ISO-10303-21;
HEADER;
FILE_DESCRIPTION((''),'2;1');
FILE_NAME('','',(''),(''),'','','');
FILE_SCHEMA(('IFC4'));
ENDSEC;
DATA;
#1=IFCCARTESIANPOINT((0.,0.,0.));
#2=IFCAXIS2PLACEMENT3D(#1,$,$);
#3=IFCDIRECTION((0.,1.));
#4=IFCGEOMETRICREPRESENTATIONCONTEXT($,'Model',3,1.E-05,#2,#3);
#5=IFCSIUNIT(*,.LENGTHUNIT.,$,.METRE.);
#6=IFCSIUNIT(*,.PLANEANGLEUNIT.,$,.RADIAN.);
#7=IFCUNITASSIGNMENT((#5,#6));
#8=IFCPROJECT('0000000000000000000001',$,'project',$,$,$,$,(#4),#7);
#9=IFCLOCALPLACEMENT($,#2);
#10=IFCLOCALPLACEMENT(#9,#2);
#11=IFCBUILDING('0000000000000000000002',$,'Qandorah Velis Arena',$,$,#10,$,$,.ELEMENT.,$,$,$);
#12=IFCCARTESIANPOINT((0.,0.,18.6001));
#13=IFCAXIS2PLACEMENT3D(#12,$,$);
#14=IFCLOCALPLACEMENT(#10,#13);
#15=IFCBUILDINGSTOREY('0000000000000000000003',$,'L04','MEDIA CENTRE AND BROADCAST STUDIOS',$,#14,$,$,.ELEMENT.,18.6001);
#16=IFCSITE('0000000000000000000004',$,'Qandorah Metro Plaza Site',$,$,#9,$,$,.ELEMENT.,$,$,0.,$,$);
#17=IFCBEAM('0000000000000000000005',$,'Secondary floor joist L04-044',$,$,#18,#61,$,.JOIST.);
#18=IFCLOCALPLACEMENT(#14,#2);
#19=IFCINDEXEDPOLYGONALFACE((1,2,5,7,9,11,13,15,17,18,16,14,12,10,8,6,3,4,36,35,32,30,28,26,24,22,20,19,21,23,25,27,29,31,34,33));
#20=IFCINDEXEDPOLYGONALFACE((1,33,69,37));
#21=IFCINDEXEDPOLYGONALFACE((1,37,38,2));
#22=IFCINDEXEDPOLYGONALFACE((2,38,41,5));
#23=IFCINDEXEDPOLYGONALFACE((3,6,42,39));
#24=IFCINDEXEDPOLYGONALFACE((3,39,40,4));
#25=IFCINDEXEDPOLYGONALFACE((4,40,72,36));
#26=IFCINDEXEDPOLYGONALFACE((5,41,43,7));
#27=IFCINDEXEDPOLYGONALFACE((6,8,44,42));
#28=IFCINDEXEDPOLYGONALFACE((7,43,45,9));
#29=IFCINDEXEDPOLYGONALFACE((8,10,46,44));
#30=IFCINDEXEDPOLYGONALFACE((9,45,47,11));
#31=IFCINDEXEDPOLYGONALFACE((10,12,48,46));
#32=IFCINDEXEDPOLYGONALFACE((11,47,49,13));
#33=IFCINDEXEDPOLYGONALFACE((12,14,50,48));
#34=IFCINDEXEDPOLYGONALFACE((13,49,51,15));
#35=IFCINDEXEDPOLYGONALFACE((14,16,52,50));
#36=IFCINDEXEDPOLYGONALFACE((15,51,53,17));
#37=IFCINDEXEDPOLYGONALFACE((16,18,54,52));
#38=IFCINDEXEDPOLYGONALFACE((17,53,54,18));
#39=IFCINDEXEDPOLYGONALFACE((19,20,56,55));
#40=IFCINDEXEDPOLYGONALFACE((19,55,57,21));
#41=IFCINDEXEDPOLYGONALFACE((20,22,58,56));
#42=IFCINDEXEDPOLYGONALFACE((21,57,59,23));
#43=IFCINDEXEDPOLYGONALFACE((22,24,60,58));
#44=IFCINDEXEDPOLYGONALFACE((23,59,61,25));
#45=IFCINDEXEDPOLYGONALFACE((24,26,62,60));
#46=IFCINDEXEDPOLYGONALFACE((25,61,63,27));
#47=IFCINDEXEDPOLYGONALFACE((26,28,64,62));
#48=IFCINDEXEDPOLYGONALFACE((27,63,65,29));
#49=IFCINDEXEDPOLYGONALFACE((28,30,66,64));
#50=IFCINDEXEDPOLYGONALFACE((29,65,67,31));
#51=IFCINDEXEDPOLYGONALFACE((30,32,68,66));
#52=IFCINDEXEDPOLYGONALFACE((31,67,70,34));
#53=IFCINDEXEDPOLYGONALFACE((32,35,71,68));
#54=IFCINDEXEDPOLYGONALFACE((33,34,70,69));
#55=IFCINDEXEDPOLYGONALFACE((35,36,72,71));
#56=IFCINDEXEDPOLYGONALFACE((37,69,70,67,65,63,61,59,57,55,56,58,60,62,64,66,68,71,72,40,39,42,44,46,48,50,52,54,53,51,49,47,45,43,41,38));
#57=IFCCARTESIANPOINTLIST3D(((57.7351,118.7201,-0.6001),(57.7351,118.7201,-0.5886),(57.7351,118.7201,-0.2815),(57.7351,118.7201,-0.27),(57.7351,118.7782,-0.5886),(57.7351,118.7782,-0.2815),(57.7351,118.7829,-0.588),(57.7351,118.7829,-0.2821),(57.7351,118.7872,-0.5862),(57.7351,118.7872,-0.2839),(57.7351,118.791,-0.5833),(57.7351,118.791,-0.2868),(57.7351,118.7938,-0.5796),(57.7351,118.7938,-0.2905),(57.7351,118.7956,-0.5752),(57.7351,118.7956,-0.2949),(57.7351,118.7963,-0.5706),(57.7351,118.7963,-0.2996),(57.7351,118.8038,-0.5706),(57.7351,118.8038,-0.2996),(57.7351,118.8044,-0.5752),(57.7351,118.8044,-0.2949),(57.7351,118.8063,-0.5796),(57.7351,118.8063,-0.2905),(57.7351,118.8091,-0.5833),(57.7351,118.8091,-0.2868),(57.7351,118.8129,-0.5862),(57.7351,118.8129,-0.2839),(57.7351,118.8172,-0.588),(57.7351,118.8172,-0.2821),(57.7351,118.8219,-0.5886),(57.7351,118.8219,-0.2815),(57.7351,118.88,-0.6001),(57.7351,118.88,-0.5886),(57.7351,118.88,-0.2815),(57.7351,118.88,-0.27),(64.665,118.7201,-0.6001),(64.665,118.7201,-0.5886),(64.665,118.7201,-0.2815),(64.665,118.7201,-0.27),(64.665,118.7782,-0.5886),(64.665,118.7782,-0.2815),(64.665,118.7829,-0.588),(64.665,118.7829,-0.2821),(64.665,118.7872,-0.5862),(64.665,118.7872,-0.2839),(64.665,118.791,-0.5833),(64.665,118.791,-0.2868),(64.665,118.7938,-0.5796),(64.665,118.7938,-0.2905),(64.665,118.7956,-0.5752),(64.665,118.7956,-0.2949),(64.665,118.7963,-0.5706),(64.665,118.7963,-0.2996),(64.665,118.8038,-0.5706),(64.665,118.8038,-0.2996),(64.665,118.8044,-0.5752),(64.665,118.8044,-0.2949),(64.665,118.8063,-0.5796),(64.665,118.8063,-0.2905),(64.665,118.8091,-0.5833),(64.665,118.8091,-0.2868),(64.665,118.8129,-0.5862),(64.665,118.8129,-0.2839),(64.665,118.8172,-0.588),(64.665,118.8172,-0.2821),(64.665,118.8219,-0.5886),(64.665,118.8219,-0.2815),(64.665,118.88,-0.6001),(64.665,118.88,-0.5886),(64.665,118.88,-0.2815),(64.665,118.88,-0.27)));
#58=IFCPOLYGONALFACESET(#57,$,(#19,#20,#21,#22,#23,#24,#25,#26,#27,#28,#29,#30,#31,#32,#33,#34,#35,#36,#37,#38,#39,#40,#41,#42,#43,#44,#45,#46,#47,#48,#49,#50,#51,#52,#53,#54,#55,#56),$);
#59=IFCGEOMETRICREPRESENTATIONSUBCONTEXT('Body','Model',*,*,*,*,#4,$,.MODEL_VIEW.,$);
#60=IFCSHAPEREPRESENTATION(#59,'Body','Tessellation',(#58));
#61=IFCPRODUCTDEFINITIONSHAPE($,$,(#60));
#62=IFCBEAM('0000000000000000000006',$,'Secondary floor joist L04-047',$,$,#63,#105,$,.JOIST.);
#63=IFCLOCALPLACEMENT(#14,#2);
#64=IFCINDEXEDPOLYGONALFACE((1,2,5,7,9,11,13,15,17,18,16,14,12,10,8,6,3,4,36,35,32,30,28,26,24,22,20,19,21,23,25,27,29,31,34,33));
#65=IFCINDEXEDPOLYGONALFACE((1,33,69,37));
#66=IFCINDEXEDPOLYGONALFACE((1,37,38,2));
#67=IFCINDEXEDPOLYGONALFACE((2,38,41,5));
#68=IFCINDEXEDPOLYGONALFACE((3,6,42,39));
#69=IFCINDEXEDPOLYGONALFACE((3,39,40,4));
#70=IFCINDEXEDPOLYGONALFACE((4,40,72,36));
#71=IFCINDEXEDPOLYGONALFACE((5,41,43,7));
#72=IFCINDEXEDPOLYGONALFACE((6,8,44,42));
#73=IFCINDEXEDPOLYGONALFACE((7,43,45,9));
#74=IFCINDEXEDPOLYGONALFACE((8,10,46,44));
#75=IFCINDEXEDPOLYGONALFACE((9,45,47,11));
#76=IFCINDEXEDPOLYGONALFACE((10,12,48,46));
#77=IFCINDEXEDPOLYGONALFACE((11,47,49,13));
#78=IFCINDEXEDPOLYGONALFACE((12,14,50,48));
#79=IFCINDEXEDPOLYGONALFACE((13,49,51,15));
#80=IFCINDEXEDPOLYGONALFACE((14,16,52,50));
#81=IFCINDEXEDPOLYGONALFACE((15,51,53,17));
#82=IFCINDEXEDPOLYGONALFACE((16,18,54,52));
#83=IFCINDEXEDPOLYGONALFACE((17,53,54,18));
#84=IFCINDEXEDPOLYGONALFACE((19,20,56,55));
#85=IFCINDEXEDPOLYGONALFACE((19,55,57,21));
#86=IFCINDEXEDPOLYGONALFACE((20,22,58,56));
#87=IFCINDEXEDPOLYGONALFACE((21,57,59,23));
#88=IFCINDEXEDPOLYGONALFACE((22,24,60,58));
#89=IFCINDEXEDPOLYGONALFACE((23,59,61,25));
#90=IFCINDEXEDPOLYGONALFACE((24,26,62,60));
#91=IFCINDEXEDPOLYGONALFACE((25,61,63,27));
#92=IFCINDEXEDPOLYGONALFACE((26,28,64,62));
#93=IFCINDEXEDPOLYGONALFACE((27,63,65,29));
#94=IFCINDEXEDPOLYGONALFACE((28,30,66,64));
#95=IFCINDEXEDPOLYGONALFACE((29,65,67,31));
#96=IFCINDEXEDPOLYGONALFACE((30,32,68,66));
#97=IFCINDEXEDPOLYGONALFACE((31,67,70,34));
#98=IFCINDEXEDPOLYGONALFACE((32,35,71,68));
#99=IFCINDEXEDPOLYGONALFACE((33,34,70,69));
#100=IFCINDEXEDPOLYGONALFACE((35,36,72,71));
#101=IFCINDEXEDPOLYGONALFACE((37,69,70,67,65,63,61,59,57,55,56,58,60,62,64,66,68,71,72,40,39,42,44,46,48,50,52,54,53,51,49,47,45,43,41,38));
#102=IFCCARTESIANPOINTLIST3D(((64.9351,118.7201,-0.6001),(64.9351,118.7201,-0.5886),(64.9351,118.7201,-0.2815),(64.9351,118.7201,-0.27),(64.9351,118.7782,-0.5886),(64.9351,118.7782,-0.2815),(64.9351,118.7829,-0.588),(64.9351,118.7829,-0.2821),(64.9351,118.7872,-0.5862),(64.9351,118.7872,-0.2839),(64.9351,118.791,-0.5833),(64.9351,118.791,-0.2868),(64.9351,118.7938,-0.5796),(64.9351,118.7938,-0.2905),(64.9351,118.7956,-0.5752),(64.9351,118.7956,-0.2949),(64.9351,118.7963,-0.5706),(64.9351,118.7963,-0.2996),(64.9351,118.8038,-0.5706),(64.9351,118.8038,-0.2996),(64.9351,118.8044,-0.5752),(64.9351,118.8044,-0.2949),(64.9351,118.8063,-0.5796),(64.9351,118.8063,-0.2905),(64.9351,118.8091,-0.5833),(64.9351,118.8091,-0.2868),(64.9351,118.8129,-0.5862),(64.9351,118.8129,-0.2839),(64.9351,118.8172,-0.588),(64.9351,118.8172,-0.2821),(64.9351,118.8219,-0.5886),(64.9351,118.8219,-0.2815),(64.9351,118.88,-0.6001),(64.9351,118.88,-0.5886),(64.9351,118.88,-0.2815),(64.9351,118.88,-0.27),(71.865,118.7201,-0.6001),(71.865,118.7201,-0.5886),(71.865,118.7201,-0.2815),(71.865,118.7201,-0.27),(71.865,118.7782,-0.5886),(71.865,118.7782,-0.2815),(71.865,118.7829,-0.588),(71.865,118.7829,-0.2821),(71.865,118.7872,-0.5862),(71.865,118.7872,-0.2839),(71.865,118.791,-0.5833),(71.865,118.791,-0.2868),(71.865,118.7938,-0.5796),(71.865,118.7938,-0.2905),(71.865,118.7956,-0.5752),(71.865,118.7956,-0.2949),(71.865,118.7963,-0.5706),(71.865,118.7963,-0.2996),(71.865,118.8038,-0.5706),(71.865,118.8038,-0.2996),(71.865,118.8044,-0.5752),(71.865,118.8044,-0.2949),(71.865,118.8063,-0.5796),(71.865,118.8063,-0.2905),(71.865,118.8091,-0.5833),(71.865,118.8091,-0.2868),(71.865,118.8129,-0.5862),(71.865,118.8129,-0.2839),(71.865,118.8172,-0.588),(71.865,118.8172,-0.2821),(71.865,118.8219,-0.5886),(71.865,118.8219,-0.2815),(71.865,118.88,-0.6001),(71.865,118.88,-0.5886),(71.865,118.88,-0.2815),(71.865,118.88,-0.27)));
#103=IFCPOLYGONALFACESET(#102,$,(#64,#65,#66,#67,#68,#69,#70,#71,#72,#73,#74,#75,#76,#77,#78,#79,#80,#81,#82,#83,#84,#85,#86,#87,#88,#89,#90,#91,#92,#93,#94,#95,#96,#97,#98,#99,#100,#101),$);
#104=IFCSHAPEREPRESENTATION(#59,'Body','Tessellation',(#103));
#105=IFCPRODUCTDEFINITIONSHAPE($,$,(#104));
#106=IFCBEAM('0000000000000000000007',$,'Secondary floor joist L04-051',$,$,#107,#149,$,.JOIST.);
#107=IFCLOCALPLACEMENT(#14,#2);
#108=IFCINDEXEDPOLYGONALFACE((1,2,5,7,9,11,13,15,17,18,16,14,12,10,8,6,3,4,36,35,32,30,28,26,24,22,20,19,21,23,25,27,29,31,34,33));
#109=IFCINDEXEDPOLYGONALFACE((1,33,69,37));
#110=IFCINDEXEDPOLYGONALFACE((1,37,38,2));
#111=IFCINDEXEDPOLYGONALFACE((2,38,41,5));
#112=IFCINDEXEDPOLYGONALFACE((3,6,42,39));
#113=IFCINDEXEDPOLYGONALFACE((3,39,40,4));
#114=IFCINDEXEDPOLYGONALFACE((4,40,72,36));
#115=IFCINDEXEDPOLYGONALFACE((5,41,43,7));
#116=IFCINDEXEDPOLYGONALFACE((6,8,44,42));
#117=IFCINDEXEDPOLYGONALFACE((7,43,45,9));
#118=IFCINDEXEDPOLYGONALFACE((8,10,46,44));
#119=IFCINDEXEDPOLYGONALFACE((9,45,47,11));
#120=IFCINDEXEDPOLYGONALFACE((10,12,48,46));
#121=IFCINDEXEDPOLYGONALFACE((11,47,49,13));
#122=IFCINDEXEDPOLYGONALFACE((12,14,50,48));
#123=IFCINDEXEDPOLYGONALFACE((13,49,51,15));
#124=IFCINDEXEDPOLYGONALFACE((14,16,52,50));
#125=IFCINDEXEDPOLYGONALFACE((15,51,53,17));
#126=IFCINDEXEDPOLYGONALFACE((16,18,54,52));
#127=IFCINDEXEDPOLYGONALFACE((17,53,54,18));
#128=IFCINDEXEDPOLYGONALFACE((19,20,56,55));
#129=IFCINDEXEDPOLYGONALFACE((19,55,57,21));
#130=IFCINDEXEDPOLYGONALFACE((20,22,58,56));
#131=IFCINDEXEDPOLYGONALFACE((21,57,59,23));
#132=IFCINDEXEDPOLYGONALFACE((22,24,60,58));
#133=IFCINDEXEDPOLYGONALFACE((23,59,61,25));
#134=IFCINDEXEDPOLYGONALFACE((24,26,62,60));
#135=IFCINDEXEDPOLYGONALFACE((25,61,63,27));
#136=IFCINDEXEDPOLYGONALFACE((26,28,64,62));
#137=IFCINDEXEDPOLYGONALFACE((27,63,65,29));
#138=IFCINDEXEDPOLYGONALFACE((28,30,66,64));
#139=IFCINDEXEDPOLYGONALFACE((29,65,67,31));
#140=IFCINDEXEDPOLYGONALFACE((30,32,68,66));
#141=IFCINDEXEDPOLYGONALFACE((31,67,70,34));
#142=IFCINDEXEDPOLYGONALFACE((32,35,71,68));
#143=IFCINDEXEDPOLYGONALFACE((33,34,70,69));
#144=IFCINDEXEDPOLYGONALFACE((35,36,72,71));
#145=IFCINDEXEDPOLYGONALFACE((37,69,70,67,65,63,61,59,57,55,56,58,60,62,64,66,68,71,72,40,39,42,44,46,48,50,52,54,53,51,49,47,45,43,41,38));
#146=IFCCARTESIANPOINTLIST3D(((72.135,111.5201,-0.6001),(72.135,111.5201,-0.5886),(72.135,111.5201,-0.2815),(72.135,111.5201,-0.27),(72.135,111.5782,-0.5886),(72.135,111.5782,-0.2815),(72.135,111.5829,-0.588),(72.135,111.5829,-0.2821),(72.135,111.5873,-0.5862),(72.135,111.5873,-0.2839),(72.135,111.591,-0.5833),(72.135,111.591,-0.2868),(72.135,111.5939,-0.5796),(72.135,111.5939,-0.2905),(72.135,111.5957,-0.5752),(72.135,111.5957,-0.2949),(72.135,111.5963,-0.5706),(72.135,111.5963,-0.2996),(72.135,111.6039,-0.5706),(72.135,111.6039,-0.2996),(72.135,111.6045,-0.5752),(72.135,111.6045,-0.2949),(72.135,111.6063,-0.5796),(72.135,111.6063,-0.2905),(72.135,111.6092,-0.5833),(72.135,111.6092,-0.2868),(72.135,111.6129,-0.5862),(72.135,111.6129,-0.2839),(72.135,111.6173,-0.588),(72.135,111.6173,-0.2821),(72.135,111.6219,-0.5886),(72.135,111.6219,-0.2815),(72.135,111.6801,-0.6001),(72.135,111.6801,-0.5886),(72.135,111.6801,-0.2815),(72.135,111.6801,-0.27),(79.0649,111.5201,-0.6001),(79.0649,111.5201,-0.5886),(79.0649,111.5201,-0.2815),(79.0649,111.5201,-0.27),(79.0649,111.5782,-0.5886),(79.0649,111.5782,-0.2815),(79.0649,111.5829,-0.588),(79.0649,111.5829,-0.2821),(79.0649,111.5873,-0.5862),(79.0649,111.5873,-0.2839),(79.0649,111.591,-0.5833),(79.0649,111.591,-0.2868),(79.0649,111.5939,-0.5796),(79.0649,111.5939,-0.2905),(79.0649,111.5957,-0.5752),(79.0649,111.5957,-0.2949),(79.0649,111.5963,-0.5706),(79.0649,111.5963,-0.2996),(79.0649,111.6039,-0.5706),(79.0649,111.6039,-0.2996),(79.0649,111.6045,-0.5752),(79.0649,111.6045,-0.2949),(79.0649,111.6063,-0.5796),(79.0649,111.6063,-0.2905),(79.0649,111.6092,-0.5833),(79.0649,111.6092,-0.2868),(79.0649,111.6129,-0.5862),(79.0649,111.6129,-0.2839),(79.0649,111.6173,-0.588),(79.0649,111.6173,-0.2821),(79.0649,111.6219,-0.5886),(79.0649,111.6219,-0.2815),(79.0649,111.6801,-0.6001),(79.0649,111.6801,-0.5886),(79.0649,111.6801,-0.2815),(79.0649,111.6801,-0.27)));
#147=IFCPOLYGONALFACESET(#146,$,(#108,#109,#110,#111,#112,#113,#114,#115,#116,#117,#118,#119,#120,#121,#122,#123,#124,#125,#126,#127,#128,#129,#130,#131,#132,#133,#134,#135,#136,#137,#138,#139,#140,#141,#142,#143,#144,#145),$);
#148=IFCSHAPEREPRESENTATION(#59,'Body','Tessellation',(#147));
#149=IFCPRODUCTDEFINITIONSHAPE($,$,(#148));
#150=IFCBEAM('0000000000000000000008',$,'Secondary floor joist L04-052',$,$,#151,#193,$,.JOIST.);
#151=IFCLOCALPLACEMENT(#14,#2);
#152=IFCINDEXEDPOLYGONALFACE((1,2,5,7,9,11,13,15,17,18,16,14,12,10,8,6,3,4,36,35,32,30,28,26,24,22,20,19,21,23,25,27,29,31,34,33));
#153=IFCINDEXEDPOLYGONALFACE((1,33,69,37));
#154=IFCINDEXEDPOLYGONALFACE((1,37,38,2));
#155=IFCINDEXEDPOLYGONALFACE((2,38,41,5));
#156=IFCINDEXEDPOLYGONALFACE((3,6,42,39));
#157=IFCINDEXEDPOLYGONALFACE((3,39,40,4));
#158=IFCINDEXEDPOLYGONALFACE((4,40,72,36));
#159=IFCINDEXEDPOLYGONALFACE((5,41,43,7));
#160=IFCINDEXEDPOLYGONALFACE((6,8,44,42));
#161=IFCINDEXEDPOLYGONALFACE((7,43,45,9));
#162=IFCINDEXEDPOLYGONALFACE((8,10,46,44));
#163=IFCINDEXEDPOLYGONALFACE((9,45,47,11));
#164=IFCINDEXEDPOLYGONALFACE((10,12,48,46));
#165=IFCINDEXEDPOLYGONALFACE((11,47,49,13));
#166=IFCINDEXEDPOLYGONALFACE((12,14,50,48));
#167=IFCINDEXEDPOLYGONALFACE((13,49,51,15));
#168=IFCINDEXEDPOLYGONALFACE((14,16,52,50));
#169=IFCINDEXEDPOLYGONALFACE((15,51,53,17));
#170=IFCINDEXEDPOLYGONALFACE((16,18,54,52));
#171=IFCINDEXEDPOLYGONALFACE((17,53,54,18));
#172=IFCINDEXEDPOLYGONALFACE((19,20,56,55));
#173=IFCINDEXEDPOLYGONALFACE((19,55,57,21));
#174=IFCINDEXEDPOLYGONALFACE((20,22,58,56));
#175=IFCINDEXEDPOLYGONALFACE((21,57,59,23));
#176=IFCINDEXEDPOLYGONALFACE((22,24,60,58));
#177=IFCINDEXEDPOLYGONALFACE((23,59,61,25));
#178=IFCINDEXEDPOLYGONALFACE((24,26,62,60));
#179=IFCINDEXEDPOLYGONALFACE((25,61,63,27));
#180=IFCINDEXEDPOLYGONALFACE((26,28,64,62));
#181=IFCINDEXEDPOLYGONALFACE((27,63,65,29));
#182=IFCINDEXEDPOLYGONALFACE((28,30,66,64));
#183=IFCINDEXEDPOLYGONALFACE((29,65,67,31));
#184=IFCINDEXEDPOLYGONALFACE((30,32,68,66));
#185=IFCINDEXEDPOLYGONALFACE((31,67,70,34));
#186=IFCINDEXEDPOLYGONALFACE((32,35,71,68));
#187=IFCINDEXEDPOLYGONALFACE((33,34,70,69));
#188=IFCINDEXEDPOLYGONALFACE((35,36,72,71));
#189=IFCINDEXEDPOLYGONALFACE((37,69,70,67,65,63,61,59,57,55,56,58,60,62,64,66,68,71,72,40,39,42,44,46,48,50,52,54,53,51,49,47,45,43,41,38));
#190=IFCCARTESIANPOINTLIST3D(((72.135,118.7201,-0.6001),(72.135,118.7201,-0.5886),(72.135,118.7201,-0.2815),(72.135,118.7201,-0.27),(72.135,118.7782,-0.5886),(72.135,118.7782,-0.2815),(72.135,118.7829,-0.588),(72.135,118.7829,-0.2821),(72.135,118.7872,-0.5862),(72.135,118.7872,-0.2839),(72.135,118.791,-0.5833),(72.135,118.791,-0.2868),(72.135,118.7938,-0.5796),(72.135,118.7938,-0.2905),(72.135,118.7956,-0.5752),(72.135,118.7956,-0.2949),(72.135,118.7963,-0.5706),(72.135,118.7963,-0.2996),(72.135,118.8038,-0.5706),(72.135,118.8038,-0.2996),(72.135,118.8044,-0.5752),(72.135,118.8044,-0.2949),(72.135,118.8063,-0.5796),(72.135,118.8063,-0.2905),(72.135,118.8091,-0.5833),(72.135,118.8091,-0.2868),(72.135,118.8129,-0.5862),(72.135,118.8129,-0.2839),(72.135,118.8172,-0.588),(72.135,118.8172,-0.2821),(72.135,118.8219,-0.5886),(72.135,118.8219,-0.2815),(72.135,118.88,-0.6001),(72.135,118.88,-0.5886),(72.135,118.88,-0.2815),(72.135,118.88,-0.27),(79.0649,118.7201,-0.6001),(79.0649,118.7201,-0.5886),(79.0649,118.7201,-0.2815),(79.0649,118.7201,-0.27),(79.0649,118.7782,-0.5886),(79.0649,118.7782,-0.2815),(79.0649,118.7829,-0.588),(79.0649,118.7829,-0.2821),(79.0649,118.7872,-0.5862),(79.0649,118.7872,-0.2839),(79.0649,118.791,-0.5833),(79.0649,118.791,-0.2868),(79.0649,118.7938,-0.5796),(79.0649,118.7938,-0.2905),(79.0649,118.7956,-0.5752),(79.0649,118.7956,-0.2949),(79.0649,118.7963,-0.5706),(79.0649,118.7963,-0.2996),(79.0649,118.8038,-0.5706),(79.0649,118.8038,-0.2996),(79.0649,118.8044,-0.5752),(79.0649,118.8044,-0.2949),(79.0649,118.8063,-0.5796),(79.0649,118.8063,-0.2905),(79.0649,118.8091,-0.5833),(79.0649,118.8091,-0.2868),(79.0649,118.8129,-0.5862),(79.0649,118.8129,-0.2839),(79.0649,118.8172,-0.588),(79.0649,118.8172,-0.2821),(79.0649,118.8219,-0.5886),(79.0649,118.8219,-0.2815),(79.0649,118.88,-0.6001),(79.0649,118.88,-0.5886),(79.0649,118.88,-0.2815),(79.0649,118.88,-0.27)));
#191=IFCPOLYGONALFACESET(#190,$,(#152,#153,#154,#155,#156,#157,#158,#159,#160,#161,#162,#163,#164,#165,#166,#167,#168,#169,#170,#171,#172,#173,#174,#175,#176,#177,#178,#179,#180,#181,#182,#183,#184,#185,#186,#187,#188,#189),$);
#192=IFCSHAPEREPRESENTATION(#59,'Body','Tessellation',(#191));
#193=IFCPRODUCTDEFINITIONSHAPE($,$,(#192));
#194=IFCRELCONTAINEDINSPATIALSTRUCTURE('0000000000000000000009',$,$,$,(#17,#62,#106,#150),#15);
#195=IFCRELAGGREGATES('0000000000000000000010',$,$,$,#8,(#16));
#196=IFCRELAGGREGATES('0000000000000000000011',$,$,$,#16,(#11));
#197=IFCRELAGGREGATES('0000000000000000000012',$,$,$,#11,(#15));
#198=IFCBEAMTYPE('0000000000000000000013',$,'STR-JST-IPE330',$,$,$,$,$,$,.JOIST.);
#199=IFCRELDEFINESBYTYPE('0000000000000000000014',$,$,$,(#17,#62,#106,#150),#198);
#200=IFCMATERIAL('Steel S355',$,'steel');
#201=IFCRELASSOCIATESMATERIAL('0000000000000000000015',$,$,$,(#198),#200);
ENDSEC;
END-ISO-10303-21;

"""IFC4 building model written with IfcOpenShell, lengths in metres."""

from ifc_helpers import new_model, si_unit, direction, frame, origin, origin_2d, place, context, subcontext, project, spatial, i_section, extrude, material, material_profile, profile_set, type_object, element, save


model = new_model("IFC4")

# Units and contexts
model_context = context("Model", 3, precision=1e-05, world=origin(), true_north=direction((0.0, 1.0)))
body_context = subcontext(model_context, "Body", "Model", "MODEL_VIEW")
ifc_project = project(units=[si_unit("LENGTHUNIT", "METRE"), si_unit("PLANEANGLEUNIT", "RADIAN")], contexts=[model_context])

# Site, building, storey
site_placement = place(None, origin())
site = spatial("IfcSite", under=ifc_project, at=site_placement, Name="Qandorah Metro Plaza Site", CompositionType="ELEMENT", RefElevation=0.0)
building_placement = place(site_placement, origin())
building = spatial("IfcBuilding", under=site, at=building_placement, Name="Qandorah Velis Arena", CompositionType="ELEMENT")
storey_placement = place(building_placement, frame((0.0, 0.0, 18.6001)))
storey = spatial("IfcBuildingStorey", under=building, at=storey_placement, Name="L04", Description="MEDIA CENTRE AND BROADCAST STUDIOS", CompositionType="ELEMENT", Elevation=18.6001)

# Shared definitions
ifc_material_1 = material(Name="Steel S355", Category="steel")

# Beams
ifc_material_profile_1 = material_profile(ifc_material_1, i_section(OverallWidth=0.1599, OverallDepth=0.3301, WebThickness=0.0076, FlangeThickness=0.0115, FilletRadius=0.0181, at=origin_2d()), Name="IPE 330")
ifc_profile_set_1 = profile_set([ifc_material_profile_1], Name="Steel S355")
beam_type_1 = type_object("IfcBeamType", Name="STR-JST-IPE330", PredefinedType="JOIST", material=ifc_profile_set_1)
for number, where, z_axis, x_axis, name in (
    (1, (57.7351, 118.8, -0.4351), (1.0, 0.0, 0.0), (0.0, 1.0, 0.0), "Secondary floor joist L04-044"),
    (2, (64.9351, 118.8, -0.4351), (1.0, 0.0, 0.0), (0.0, 1.0, 0.0), "Secondary floor joist L04-047"),
    (3, (72.135, 111.6001, -0.4351), (1.0, 0.0, 0.0), (0.0, 1.0, 0.0), "Secondary floor joist L04-051"),
    (4, (72.135, 118.8, -0.4351), (1.0, 0.0, 0.0), (0.0, 1.0, 0.0), "Secondary floor joist L04-052"),
):
    element("IfcBeam", number, at=place(storey_placement, frame(where, z_axis=z_axis, x_axis=x_axis)), inside=storey, type_object=beam_type_1, Name=name, PredefinedType="JOIST", context=body_context, shape_type="SweptSolid", body=[
        extrude(i_section(OverallWidth=0.1599, OverallDepth=0.3301, WebThickness=0.0076, FlangeThickness=0.0115, FilletRadius=0.0181, at=origin_2d()), origin(), (0.0, 0.0, 1.0), 6.9299),
    ])

save(model, "model.ifc")
